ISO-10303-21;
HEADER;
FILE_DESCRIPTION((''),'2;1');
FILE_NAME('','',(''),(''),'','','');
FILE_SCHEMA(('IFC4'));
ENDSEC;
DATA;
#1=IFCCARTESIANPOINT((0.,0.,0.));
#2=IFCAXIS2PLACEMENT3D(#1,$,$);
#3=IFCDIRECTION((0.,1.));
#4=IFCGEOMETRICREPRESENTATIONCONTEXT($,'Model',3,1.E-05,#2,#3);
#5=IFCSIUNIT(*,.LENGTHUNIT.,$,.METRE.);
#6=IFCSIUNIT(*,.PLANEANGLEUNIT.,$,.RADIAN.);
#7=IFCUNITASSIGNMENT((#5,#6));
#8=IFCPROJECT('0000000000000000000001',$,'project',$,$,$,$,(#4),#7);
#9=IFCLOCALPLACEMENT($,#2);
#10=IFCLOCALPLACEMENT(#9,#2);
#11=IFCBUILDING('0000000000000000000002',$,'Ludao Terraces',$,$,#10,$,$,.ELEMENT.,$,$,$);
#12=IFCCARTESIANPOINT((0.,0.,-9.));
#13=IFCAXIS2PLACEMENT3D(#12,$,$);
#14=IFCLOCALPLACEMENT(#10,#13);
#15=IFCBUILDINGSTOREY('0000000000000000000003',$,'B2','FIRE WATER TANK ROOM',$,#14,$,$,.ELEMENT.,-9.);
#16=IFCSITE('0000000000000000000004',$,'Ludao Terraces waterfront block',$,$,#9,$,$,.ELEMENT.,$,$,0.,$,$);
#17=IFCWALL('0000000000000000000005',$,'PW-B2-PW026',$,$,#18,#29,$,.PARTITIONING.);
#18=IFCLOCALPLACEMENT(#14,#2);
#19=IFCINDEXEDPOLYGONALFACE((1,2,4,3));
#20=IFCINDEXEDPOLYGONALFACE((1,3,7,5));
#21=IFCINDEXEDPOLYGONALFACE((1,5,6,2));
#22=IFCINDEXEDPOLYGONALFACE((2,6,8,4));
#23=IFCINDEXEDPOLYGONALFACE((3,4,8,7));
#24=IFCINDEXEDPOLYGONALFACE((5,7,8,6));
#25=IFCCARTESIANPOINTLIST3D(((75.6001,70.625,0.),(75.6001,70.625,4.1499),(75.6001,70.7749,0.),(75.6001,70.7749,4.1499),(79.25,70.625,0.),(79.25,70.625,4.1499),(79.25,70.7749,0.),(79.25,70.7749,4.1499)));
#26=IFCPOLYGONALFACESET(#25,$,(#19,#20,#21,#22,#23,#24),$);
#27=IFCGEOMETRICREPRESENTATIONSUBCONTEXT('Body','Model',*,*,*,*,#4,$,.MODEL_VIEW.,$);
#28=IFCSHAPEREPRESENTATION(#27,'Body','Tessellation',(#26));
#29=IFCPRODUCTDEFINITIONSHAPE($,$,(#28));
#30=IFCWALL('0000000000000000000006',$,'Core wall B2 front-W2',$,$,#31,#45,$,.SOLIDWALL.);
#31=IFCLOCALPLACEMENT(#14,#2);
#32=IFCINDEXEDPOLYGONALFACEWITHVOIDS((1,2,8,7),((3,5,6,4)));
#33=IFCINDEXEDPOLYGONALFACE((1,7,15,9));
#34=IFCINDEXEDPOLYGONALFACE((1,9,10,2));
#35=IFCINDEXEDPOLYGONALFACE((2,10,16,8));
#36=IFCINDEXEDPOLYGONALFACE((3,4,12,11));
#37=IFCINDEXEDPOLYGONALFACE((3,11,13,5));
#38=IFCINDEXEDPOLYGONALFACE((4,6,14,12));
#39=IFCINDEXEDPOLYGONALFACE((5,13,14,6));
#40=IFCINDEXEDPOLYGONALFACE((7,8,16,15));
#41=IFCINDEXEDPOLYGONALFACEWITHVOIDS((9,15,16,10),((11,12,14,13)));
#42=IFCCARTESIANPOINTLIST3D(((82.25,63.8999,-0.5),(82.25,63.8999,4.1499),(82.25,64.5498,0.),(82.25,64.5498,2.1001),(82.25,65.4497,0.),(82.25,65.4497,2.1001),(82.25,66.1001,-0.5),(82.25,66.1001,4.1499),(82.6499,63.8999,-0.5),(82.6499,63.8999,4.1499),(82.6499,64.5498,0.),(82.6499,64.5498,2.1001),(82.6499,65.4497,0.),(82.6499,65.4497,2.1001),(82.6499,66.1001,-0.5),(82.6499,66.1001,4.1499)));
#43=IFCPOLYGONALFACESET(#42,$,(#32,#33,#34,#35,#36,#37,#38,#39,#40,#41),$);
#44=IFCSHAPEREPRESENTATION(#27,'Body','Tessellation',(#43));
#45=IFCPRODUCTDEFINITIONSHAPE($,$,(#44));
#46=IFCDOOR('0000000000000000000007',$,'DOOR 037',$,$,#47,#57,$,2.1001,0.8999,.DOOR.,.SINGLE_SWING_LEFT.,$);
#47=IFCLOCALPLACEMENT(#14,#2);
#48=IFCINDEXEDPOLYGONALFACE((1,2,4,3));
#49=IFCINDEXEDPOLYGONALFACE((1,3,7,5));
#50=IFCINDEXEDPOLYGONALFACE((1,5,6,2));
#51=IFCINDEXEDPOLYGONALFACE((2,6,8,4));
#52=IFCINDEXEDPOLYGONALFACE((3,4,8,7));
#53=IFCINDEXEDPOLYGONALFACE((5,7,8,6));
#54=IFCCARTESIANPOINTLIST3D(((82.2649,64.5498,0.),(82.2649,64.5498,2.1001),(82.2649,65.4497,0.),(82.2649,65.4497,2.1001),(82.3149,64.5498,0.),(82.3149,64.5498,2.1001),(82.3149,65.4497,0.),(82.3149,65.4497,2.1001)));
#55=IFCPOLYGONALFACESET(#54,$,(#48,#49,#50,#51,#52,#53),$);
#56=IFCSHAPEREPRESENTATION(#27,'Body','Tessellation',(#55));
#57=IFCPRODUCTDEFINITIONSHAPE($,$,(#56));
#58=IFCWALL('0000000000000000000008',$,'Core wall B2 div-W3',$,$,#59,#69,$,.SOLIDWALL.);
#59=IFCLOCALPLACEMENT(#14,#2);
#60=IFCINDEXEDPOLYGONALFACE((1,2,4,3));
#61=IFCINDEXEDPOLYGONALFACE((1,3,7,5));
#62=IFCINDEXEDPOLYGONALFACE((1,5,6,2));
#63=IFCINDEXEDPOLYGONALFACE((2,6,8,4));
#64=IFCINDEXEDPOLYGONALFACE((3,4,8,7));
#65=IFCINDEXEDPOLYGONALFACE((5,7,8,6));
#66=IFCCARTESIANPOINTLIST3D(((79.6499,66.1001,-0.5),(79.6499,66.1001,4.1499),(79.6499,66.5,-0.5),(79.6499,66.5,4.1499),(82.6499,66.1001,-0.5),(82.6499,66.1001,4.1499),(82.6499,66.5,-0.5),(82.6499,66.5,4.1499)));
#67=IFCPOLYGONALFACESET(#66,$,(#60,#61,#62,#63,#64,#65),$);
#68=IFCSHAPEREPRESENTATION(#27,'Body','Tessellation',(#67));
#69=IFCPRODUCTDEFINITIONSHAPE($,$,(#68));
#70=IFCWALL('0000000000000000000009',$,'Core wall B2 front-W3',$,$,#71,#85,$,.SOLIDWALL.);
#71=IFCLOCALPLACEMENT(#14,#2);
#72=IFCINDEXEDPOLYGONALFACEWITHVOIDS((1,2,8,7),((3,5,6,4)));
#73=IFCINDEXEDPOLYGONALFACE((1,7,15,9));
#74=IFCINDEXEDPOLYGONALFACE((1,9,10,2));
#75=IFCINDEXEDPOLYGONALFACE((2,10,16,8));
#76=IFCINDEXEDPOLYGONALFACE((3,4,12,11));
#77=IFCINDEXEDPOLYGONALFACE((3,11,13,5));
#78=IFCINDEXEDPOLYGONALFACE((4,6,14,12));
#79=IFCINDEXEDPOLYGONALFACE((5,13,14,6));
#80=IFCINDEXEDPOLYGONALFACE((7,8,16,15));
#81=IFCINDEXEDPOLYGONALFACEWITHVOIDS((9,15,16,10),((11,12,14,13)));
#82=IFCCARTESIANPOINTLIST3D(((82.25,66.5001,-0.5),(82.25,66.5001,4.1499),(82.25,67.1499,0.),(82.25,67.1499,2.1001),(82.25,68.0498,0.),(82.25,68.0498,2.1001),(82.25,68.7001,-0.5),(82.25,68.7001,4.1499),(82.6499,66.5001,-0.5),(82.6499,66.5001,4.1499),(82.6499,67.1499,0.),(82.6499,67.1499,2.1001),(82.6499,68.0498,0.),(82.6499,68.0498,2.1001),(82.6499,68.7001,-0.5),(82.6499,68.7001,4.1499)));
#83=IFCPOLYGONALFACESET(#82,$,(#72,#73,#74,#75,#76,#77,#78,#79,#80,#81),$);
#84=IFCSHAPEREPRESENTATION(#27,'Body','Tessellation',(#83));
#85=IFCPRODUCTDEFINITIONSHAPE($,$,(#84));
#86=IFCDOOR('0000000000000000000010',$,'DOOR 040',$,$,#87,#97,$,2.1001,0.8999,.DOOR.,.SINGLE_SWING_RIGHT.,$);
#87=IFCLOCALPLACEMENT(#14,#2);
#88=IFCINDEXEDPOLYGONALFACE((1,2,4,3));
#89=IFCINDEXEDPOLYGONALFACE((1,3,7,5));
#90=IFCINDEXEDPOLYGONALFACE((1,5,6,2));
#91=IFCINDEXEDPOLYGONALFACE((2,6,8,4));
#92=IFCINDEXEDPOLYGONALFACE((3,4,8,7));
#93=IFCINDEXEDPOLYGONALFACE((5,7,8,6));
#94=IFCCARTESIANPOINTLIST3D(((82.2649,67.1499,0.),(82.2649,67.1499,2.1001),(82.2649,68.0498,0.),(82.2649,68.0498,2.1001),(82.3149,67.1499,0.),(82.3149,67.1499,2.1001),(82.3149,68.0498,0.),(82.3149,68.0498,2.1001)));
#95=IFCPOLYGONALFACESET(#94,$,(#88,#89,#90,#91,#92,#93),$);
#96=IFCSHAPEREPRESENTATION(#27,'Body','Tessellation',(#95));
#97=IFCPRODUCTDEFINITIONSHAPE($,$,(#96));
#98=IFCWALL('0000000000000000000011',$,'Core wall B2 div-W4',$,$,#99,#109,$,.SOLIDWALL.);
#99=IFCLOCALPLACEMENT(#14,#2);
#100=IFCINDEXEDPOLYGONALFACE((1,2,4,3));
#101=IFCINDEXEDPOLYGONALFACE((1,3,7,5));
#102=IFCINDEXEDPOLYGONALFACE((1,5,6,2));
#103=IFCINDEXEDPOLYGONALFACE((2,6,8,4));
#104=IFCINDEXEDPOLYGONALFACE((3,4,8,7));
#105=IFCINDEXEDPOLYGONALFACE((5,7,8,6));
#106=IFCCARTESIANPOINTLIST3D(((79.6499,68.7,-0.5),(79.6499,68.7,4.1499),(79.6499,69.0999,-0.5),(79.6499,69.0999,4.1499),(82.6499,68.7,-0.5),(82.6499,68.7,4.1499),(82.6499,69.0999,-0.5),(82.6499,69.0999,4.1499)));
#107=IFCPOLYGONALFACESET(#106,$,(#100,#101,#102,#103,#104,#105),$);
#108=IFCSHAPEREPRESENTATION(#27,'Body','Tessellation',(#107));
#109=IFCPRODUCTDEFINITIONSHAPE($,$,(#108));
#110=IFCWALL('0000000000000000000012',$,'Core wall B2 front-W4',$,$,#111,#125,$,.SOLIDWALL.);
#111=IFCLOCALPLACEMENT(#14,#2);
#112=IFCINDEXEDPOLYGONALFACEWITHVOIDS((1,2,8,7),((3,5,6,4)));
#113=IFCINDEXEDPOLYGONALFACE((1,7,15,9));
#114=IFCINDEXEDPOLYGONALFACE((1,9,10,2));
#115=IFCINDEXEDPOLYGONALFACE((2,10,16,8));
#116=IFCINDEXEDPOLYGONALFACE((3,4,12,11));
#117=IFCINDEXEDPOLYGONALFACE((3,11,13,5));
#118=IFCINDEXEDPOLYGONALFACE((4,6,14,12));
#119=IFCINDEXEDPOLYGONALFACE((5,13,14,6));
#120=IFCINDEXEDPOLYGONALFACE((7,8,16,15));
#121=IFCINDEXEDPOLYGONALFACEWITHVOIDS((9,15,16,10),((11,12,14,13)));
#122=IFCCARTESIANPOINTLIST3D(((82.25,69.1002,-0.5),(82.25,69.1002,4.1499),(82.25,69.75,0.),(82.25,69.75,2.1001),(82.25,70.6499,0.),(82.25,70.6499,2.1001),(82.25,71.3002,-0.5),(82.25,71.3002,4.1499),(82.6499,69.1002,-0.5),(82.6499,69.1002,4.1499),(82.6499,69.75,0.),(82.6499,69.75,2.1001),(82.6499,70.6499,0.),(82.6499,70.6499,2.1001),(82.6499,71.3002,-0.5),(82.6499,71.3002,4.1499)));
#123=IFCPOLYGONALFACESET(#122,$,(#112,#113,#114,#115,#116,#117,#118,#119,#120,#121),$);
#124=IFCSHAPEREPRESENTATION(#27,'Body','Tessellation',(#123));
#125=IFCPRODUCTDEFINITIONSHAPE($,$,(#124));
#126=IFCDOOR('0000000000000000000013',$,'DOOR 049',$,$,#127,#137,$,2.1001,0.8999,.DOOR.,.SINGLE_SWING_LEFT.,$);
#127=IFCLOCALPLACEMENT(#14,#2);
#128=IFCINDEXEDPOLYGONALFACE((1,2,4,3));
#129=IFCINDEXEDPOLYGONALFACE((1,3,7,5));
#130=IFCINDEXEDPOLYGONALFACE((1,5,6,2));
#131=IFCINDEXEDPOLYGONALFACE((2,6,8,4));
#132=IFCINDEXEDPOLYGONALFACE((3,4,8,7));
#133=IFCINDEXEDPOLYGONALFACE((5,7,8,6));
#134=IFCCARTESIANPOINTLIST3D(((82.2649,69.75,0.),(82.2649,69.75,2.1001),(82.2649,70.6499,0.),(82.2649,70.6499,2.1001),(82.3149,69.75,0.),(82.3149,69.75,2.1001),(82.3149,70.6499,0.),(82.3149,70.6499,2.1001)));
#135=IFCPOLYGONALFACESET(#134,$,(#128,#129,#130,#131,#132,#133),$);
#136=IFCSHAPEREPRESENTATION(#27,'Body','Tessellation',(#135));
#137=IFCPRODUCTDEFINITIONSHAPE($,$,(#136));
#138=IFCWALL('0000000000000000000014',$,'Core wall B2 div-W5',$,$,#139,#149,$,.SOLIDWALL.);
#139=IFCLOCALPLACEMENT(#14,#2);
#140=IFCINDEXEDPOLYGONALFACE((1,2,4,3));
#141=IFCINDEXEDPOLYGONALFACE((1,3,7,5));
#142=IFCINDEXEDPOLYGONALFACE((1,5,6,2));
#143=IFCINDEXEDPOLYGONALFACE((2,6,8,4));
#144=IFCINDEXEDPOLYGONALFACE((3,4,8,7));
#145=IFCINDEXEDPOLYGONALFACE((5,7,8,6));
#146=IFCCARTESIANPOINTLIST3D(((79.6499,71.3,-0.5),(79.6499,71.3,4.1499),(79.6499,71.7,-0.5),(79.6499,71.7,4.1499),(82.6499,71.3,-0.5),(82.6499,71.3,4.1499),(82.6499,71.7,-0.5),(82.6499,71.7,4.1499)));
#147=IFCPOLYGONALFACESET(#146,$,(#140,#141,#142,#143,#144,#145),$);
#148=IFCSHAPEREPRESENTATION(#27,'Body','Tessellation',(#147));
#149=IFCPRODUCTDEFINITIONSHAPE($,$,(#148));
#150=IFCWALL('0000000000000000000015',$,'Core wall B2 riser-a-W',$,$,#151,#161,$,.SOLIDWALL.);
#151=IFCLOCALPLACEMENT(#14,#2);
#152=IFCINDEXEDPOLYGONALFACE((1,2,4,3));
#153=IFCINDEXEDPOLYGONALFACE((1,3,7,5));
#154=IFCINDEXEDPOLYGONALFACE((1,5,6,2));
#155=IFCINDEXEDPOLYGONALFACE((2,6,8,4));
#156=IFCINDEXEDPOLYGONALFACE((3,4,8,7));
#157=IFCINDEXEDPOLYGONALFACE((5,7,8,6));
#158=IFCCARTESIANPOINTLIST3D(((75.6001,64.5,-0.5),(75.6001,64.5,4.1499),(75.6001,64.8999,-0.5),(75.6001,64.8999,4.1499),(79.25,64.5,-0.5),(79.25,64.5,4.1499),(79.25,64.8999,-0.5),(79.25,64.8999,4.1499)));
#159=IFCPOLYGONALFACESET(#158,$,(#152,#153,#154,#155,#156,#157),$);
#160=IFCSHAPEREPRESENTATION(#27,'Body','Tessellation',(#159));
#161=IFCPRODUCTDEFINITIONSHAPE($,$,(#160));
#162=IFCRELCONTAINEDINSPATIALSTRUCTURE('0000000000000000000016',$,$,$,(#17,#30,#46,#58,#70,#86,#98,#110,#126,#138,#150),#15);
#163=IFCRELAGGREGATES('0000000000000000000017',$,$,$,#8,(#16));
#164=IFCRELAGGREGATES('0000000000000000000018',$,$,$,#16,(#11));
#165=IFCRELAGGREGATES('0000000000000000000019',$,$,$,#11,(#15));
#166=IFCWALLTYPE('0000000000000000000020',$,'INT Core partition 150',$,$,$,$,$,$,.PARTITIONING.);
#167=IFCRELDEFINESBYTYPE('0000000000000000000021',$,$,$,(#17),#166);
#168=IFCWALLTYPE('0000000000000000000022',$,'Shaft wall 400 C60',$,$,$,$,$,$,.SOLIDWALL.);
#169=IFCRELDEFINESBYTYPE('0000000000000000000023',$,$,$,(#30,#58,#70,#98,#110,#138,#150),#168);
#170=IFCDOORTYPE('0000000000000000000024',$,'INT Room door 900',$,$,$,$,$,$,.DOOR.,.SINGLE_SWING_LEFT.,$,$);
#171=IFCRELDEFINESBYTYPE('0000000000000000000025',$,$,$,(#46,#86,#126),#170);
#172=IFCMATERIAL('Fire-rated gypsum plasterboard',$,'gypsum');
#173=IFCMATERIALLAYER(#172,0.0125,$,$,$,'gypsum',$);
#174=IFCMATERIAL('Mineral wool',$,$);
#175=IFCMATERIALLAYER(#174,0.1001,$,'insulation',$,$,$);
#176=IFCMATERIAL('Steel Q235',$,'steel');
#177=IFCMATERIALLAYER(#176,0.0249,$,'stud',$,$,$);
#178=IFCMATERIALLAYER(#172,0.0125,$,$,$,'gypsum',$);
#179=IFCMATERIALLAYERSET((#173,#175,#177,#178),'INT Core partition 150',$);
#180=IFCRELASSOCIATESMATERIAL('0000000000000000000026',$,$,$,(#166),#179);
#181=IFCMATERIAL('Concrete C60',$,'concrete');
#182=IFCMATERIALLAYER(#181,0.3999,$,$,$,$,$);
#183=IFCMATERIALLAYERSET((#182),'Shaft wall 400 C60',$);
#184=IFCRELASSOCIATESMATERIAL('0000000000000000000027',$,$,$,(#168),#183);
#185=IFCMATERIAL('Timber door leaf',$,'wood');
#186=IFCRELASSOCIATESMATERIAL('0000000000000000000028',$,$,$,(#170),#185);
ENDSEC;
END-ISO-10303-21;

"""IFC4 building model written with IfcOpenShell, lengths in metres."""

from ifc_helpers import new_model, si_unit, direction, frame, frame_2d, origin, place, context, subcontext, project, spatial, rectangle, extrude, material, layer, layer_set, type_object, element, fill, save


model = new_model("IFC4")

# Units and contexts
model_context = context("Model", 3, precision=1e-05, world=origin(), true_north=direction((0.0, 1.0)))
body_context = subcontext(model_context, "Body", "Model", "MODEL_VIEW")
ifc_project = project(units=[si_unit("LENGTHUNIT", "METRE"), si_unit("PLANEANGLEUNIT", "RADIAN")], contexts=[model_context])

# Site, building, storey
site_placement = place(None, origin())
site = spatial("IfcSite", under=ifc_project, at=site_placement, Name="Ludao Terraces waterfront block", CompositionType="ELEMENT", RefElevation=0.0)
building_placement = place(site_placement, origin())
building = spatial("IfcBuilding", under=site, at=building_placement, Name="Ludao Terraces", CompositionType="ELEMENT")
storey_placement = place(building_placement, frame((0.0, 0.0, -9.0)))
storey = spatial("IfcBuildingStorey", under=building, at=storey_placement, Name="B2", Description="FIRE WATER TANK ROOM", CompositionType="ELEMENT", Elevation=-9.0)

# Shared definitions
ifc_material_1 = material(Name="Fire-rated gypsum plasterboard", Category="gypsum")
ifc_layer_1 = layer(ifc_material_1, 0.0125, Category="gypsum")
ifc_material_2 = material(Name="Mineral wool")
ifc_layer_2 = layer(ifc_material_2, 0.1001, Name="insulation")
ifc_material_3 = material(Name="Steel Q235", Category="steel")
ifc_layer_3 = layer(ifc_material_3, 0.0249, Name="stud")
ifc_layer_4 = layer(ifc_material_1, 0.0125, Category="gypsum")
ifc_layer_set_1 = layer_set([ifc_layer_1, ifc_layer_2, ifc_layer_3, ifc_layer_4], Name="INT Core partition 150")
wall_type_1 = type_object("IfcWallType", Name="INT Core partition 150", PredefinedType="PARTITIONING", material=ifc_layer_set_1)

# Wall
wall_1_placement = place(storey_placement, frame((75.6001, 70.7, 0.0), z_axis=(0.0, 0.0, 1.0), x_axis=(1.0, 0.0, 0.0)))
element("IfcWall", 1, at=wall_1_placement, inside=storey, type_object=wall_type_1, Name="PW-B2-PW026", PredefinedType="PARTITIONING", context=body_context, shape_type="SweptSolid", body=[
    extrude(rectangle(XDim=3.6499, YDim=0.1499, at=frame_2d((1.825, 0.0))), origin(), (0.0, 0.0, 1.0), 4.1499),
])

# Wall, opening, door
ifc_material_4 = material(Name="Concrete C60", Category="concrete")
ifc_layer_5 = layer(ifc_material_4, 0.3999)
ifc_layer_set_2 = layer_set([ifc_layer_5], Name="Shaft wall 400 C60")
wall_type_2 = type_object("IfcWallType", Name="Shaft wall 400 C60", PredefinedType="SOLIDWALL", material=ifc_layer_set_2)
wall_2_placement = place(storey_placement, frame((82.45, 63.8999, -0.5), z_axis=(0.0, 0.0, 1.0), x_axis=(0.0, 1.0, 0.0)))
wall_2 = element("IfcWall", 2, at=wall_2_placement, inside=storey, type_object=wall_type_2, Name="Core wall B2 front-W2", PredefinedType="SOLIDWALL", context=body_context, shape_type="SweptSolid", body=[
    extrude(rectangle(XDim=2.2002, YDim=0.3999, at=frame_2d((1.1001, 0.0))), origin(), (0.0, 0.0, 1.0), 4.6499),
])
opening_1_placement = place(wall_2_placement, frame((0.6499, 0.0, 0.5)))
opening_1 = element("IfcOpeningElement", 3, at=opening_1_placement, cuts=wall_2, PredefinedType="OPENING", context=body_context, shape_type="SweptSolid", body=[
    extrude(rectangle(XDim=0.8999, YDim=2.1001, at=frame_2d((0.45, 1.05))), frame((0.0, 0.21, 0.0), z_axis=(0.0, -1.0, 0.0), x_axis=(1.0, 0.0, 0.0)), (0.0, 0.0, 1.0), 0.4199),
])
ifc_material_5 = material(Name="Timber door leaf", Category="wood")
door_type_1 = type_object("IfcDoorType", Name="INT Room door 900", OperationType="SINGLE_SWING_LEFT", PredefinedType="DOOR", material=ifc_material_5)
door_1_placement = place(opening_1_placement, origin())
door_1 = element("IfcDoor", 4, at=door_1_placement, inside=storey, type_object=door_type_1, Name="DOOR 037", OperationType="SINGLE_SWING_LEFT", OverallHeight=2.1001, OverallWidth=0.8999, PredefinedType="DOOR", context=body_context, shape_type="SweptSolid", body=[
    extrude(rectangle(XDim=0.8999, YDim=2.1001, at=frame_2d((0.45, 1.05))), frame((0.0, 0.1851, 0.0), z_axis=(0.0, -1.0, 0.0), x_axis=(1.0, 0.0, 0.0)), (0.0, 0.0, 1.0), 0.05),
])
fill(opening_1, door_1)

# Wall
wall_3_placement = place(storey_placement, frame((79.6499, 66.3, -0.5), z_axis=(0.0, 0.0, 1.0), x_axis=(1.0, 0.0, 0.0)))
element("IfcWall", 5, at=wall_3_placement, inside=storey, type_object=wall_type_2, Name="Core wall B2 div-W3", PredefinedType="SOLIDWALL", context=body_context, shape_type="SweptSolid", body=[
    extrude(rectangle(XDim=3.0, YDim=0.3999, at=frame_2d((1.5, 0.0))), origin(), (0.0, 0.0, 1.0), 4.6499),
])

# Wall, opening, door
wall_4_placement = place(storey_placement, frame((82.45, 66.5, -0.5), z_axis=(0.0, 0.0, 1.0), x_axis=(0.0, 1.0, 0.0)))
wall_4 = element("IfcWall", 6, at=wall_4_placement, inside=storey, type_object=wall_type_2, Name="Core wall B2 front-W3", PredefinedType="SOLIDWALL", context=body_context, shape_type="SweptSolid", body=[
    extrude(rectangle(XDim=2.2, YDim=0.3999, at=frame_2d((1.1001, 0.0))), origin(), (0.0, 0.0, 1.0), 4.6499),
])
opening_2_placement = place(wall_4_placement, frame((0.6499, 0.0, 0.5)))
opening_2 = element("IfcOpeningElement", 7, at=opening_2_placement, cuts=wall_4, PredefinedType="OPENING", context=body_context, shape_type="SweptSolid", body=[
    extrude(rectangle(XDim=0.8999, YDim=2.1001, at=frame_2d((0.45, 1.05))), frame((0.0, 0.21, 0.0), z_axis=(0.0, -1.0, 0.0), x_axis=(1.0, 0.0, 0.0)), (0.0, 0.0, 1.0), 0.4199),
])
door_2_placement = place(opening_2_placement, origin())
door_2 = element("IfcDoor", 8, at=door_2_placement, inside=storey, type_object=door_type_1, Name="DOOR 040", OperationType="SINGLE_SWING_RIGHT", OverallHeight=2.1001, OverallWidth=0.8999, PredefinedType="DOOR", context=body_context, shape_type="SweptSolid", body=[
    extrude(rectangle(XDim=0.8999, YDim=2.1001, at=frame_2d((0.45, 1.05))), frame((0.0, 0.1851, 0.0), z_axis=(0.0, -1.0, 0.0), x_axis=(1.0, 0.0, 0.0)), (0.0, 0.0, 1.0), 0.05),
])
fill(opening_2, door_2)

# Wall
wall_5_placement = place(storey_placement, frame((79.6499, 68.8999, -0.5), z_axis=(0.0, 0.0, 1.0), x_axis=(1.0, 0.0, 0.0)))
element("IfcWall", 9, at=wall_5_placement, inside=storey, type_object=wall_type_2, Name="Core wall B2 div-W4", PredefinedType="SOLIDWALL", context=body_context, shape_type="SweptSolid", body=[
    extrude(rectangle(XDim=3.0, YDim=0.3999, at=frame_2d((1.5, 0.0))), origin(), (0.0, 0.0, 1.0), 4.6499),
])

# Wall, opening, door
wall_6_placement = place(storey_placement, frame((82.45, 69.1001, -0.5), z_axis=(0.0, 0.0, 1.0), x_axis=(0.0, 1.0, 0.0)))
wall_6 = element("IfcWall", 10, at=wall_6_placement, inside=storey, type_object=wall_type_2, Name="Core wall B2 front-W4", PredefinedType="SOLIDWALL", context=body_context, shape_type="SweptSolid", body=[
    extrude(rectangle(XDim=2.2, YDim=0.3999, at=frame_2d((1.1001, 0.0))), origin(), (0.0, 0.0, 1.0), 4.6499),
])
opening_3_placement = place(wall_6_placement, frame((0.6499, 0.0, 0.5)))
opening_3 = element("IfcOpeningElement", 11, at=opening_3_placement, cuts=wall_6, PredefinedType="OPENING", context=body_context, shape_type="SweptSolid", body=[
    extrude(rectangle(XDim=0.8999, YDim=2.1001, at=frame_2d((0.45, 1.05))), frame((0.0, 0.21, 0.0), z_axis=(0.0, -1.0, 0.0), x_axis=(1.0, 0.0, 0.0)), (0.0, 0.0, 1.0), 0.4199),
])
door_3_placement = place(opening_3_placement, origin())
door_3 = element("IfcDoor", 12, at=door_3_placement, inside=storey, type_object=door_type_1, Name="DOOR 049", OperationType="SINGLE_SWING_LEFT", OverallHeight=2.1001, OverallWidth=0.8999, PredefinedType="DOOR", context=body_context, shape_type="SweptSolid", body=[
    extrude(rectangle(XDim=0.8999, YDim=2.1001, at=frame_2d((0.45, 1.05))), frame((0.0, 0.1851, 0.0), z_axis=(0.0, -1.0, 0.0), x_axis=(1.0, 0.0, 0.0)), (0.0, 0.0, 1.0), 0.05),
])
fill(opening_3, door_3)

# Walls
wall_7_placement = place(storey_placement, frame((79.6499, 71.5, -0.5), z_axis=(0.0, 0.0, 1.0), x_axis=(1.0, 0.0, 0.0)))
element("IfcWall", 13, at=wall_7_placement, inside=storey, type_object=wall_type_2, Name="Core wall B2 div-W5", PredefinedType="SOLIDWALL", context=body_context, shape_type="SweptSolid", body=[
    extrude(rectangle(XDim=3.0, YDim=0.3999, at=frame_2d((1.5, 0.0))), origin(), (0.0, 0.0, 1.0), 4.6499),
])
wall_8_placement = place(storey_placement, frame((75.6001, 64.7, -0.5), z_axis=(0.0, 0.0, 1.0), x_axis=(1.0, 0.0, 0.0)))
element("IfcWall", 14, at=wall_8_placement, inside=storey, type_object=wall_type_2, Name="Core wall B2 riser-a-W", PredefinedType="SOLIDWALL", context=body_context, shape_type="SweptSolid", body=[
    extrude(rectangle(XDim=3.6499, YDim=0.3999, at=frame_2d((1.825, 0.0))), origin(), (0.0, 0.0, 1.0), 4.6499),
])

save(model, "model.ifc")
